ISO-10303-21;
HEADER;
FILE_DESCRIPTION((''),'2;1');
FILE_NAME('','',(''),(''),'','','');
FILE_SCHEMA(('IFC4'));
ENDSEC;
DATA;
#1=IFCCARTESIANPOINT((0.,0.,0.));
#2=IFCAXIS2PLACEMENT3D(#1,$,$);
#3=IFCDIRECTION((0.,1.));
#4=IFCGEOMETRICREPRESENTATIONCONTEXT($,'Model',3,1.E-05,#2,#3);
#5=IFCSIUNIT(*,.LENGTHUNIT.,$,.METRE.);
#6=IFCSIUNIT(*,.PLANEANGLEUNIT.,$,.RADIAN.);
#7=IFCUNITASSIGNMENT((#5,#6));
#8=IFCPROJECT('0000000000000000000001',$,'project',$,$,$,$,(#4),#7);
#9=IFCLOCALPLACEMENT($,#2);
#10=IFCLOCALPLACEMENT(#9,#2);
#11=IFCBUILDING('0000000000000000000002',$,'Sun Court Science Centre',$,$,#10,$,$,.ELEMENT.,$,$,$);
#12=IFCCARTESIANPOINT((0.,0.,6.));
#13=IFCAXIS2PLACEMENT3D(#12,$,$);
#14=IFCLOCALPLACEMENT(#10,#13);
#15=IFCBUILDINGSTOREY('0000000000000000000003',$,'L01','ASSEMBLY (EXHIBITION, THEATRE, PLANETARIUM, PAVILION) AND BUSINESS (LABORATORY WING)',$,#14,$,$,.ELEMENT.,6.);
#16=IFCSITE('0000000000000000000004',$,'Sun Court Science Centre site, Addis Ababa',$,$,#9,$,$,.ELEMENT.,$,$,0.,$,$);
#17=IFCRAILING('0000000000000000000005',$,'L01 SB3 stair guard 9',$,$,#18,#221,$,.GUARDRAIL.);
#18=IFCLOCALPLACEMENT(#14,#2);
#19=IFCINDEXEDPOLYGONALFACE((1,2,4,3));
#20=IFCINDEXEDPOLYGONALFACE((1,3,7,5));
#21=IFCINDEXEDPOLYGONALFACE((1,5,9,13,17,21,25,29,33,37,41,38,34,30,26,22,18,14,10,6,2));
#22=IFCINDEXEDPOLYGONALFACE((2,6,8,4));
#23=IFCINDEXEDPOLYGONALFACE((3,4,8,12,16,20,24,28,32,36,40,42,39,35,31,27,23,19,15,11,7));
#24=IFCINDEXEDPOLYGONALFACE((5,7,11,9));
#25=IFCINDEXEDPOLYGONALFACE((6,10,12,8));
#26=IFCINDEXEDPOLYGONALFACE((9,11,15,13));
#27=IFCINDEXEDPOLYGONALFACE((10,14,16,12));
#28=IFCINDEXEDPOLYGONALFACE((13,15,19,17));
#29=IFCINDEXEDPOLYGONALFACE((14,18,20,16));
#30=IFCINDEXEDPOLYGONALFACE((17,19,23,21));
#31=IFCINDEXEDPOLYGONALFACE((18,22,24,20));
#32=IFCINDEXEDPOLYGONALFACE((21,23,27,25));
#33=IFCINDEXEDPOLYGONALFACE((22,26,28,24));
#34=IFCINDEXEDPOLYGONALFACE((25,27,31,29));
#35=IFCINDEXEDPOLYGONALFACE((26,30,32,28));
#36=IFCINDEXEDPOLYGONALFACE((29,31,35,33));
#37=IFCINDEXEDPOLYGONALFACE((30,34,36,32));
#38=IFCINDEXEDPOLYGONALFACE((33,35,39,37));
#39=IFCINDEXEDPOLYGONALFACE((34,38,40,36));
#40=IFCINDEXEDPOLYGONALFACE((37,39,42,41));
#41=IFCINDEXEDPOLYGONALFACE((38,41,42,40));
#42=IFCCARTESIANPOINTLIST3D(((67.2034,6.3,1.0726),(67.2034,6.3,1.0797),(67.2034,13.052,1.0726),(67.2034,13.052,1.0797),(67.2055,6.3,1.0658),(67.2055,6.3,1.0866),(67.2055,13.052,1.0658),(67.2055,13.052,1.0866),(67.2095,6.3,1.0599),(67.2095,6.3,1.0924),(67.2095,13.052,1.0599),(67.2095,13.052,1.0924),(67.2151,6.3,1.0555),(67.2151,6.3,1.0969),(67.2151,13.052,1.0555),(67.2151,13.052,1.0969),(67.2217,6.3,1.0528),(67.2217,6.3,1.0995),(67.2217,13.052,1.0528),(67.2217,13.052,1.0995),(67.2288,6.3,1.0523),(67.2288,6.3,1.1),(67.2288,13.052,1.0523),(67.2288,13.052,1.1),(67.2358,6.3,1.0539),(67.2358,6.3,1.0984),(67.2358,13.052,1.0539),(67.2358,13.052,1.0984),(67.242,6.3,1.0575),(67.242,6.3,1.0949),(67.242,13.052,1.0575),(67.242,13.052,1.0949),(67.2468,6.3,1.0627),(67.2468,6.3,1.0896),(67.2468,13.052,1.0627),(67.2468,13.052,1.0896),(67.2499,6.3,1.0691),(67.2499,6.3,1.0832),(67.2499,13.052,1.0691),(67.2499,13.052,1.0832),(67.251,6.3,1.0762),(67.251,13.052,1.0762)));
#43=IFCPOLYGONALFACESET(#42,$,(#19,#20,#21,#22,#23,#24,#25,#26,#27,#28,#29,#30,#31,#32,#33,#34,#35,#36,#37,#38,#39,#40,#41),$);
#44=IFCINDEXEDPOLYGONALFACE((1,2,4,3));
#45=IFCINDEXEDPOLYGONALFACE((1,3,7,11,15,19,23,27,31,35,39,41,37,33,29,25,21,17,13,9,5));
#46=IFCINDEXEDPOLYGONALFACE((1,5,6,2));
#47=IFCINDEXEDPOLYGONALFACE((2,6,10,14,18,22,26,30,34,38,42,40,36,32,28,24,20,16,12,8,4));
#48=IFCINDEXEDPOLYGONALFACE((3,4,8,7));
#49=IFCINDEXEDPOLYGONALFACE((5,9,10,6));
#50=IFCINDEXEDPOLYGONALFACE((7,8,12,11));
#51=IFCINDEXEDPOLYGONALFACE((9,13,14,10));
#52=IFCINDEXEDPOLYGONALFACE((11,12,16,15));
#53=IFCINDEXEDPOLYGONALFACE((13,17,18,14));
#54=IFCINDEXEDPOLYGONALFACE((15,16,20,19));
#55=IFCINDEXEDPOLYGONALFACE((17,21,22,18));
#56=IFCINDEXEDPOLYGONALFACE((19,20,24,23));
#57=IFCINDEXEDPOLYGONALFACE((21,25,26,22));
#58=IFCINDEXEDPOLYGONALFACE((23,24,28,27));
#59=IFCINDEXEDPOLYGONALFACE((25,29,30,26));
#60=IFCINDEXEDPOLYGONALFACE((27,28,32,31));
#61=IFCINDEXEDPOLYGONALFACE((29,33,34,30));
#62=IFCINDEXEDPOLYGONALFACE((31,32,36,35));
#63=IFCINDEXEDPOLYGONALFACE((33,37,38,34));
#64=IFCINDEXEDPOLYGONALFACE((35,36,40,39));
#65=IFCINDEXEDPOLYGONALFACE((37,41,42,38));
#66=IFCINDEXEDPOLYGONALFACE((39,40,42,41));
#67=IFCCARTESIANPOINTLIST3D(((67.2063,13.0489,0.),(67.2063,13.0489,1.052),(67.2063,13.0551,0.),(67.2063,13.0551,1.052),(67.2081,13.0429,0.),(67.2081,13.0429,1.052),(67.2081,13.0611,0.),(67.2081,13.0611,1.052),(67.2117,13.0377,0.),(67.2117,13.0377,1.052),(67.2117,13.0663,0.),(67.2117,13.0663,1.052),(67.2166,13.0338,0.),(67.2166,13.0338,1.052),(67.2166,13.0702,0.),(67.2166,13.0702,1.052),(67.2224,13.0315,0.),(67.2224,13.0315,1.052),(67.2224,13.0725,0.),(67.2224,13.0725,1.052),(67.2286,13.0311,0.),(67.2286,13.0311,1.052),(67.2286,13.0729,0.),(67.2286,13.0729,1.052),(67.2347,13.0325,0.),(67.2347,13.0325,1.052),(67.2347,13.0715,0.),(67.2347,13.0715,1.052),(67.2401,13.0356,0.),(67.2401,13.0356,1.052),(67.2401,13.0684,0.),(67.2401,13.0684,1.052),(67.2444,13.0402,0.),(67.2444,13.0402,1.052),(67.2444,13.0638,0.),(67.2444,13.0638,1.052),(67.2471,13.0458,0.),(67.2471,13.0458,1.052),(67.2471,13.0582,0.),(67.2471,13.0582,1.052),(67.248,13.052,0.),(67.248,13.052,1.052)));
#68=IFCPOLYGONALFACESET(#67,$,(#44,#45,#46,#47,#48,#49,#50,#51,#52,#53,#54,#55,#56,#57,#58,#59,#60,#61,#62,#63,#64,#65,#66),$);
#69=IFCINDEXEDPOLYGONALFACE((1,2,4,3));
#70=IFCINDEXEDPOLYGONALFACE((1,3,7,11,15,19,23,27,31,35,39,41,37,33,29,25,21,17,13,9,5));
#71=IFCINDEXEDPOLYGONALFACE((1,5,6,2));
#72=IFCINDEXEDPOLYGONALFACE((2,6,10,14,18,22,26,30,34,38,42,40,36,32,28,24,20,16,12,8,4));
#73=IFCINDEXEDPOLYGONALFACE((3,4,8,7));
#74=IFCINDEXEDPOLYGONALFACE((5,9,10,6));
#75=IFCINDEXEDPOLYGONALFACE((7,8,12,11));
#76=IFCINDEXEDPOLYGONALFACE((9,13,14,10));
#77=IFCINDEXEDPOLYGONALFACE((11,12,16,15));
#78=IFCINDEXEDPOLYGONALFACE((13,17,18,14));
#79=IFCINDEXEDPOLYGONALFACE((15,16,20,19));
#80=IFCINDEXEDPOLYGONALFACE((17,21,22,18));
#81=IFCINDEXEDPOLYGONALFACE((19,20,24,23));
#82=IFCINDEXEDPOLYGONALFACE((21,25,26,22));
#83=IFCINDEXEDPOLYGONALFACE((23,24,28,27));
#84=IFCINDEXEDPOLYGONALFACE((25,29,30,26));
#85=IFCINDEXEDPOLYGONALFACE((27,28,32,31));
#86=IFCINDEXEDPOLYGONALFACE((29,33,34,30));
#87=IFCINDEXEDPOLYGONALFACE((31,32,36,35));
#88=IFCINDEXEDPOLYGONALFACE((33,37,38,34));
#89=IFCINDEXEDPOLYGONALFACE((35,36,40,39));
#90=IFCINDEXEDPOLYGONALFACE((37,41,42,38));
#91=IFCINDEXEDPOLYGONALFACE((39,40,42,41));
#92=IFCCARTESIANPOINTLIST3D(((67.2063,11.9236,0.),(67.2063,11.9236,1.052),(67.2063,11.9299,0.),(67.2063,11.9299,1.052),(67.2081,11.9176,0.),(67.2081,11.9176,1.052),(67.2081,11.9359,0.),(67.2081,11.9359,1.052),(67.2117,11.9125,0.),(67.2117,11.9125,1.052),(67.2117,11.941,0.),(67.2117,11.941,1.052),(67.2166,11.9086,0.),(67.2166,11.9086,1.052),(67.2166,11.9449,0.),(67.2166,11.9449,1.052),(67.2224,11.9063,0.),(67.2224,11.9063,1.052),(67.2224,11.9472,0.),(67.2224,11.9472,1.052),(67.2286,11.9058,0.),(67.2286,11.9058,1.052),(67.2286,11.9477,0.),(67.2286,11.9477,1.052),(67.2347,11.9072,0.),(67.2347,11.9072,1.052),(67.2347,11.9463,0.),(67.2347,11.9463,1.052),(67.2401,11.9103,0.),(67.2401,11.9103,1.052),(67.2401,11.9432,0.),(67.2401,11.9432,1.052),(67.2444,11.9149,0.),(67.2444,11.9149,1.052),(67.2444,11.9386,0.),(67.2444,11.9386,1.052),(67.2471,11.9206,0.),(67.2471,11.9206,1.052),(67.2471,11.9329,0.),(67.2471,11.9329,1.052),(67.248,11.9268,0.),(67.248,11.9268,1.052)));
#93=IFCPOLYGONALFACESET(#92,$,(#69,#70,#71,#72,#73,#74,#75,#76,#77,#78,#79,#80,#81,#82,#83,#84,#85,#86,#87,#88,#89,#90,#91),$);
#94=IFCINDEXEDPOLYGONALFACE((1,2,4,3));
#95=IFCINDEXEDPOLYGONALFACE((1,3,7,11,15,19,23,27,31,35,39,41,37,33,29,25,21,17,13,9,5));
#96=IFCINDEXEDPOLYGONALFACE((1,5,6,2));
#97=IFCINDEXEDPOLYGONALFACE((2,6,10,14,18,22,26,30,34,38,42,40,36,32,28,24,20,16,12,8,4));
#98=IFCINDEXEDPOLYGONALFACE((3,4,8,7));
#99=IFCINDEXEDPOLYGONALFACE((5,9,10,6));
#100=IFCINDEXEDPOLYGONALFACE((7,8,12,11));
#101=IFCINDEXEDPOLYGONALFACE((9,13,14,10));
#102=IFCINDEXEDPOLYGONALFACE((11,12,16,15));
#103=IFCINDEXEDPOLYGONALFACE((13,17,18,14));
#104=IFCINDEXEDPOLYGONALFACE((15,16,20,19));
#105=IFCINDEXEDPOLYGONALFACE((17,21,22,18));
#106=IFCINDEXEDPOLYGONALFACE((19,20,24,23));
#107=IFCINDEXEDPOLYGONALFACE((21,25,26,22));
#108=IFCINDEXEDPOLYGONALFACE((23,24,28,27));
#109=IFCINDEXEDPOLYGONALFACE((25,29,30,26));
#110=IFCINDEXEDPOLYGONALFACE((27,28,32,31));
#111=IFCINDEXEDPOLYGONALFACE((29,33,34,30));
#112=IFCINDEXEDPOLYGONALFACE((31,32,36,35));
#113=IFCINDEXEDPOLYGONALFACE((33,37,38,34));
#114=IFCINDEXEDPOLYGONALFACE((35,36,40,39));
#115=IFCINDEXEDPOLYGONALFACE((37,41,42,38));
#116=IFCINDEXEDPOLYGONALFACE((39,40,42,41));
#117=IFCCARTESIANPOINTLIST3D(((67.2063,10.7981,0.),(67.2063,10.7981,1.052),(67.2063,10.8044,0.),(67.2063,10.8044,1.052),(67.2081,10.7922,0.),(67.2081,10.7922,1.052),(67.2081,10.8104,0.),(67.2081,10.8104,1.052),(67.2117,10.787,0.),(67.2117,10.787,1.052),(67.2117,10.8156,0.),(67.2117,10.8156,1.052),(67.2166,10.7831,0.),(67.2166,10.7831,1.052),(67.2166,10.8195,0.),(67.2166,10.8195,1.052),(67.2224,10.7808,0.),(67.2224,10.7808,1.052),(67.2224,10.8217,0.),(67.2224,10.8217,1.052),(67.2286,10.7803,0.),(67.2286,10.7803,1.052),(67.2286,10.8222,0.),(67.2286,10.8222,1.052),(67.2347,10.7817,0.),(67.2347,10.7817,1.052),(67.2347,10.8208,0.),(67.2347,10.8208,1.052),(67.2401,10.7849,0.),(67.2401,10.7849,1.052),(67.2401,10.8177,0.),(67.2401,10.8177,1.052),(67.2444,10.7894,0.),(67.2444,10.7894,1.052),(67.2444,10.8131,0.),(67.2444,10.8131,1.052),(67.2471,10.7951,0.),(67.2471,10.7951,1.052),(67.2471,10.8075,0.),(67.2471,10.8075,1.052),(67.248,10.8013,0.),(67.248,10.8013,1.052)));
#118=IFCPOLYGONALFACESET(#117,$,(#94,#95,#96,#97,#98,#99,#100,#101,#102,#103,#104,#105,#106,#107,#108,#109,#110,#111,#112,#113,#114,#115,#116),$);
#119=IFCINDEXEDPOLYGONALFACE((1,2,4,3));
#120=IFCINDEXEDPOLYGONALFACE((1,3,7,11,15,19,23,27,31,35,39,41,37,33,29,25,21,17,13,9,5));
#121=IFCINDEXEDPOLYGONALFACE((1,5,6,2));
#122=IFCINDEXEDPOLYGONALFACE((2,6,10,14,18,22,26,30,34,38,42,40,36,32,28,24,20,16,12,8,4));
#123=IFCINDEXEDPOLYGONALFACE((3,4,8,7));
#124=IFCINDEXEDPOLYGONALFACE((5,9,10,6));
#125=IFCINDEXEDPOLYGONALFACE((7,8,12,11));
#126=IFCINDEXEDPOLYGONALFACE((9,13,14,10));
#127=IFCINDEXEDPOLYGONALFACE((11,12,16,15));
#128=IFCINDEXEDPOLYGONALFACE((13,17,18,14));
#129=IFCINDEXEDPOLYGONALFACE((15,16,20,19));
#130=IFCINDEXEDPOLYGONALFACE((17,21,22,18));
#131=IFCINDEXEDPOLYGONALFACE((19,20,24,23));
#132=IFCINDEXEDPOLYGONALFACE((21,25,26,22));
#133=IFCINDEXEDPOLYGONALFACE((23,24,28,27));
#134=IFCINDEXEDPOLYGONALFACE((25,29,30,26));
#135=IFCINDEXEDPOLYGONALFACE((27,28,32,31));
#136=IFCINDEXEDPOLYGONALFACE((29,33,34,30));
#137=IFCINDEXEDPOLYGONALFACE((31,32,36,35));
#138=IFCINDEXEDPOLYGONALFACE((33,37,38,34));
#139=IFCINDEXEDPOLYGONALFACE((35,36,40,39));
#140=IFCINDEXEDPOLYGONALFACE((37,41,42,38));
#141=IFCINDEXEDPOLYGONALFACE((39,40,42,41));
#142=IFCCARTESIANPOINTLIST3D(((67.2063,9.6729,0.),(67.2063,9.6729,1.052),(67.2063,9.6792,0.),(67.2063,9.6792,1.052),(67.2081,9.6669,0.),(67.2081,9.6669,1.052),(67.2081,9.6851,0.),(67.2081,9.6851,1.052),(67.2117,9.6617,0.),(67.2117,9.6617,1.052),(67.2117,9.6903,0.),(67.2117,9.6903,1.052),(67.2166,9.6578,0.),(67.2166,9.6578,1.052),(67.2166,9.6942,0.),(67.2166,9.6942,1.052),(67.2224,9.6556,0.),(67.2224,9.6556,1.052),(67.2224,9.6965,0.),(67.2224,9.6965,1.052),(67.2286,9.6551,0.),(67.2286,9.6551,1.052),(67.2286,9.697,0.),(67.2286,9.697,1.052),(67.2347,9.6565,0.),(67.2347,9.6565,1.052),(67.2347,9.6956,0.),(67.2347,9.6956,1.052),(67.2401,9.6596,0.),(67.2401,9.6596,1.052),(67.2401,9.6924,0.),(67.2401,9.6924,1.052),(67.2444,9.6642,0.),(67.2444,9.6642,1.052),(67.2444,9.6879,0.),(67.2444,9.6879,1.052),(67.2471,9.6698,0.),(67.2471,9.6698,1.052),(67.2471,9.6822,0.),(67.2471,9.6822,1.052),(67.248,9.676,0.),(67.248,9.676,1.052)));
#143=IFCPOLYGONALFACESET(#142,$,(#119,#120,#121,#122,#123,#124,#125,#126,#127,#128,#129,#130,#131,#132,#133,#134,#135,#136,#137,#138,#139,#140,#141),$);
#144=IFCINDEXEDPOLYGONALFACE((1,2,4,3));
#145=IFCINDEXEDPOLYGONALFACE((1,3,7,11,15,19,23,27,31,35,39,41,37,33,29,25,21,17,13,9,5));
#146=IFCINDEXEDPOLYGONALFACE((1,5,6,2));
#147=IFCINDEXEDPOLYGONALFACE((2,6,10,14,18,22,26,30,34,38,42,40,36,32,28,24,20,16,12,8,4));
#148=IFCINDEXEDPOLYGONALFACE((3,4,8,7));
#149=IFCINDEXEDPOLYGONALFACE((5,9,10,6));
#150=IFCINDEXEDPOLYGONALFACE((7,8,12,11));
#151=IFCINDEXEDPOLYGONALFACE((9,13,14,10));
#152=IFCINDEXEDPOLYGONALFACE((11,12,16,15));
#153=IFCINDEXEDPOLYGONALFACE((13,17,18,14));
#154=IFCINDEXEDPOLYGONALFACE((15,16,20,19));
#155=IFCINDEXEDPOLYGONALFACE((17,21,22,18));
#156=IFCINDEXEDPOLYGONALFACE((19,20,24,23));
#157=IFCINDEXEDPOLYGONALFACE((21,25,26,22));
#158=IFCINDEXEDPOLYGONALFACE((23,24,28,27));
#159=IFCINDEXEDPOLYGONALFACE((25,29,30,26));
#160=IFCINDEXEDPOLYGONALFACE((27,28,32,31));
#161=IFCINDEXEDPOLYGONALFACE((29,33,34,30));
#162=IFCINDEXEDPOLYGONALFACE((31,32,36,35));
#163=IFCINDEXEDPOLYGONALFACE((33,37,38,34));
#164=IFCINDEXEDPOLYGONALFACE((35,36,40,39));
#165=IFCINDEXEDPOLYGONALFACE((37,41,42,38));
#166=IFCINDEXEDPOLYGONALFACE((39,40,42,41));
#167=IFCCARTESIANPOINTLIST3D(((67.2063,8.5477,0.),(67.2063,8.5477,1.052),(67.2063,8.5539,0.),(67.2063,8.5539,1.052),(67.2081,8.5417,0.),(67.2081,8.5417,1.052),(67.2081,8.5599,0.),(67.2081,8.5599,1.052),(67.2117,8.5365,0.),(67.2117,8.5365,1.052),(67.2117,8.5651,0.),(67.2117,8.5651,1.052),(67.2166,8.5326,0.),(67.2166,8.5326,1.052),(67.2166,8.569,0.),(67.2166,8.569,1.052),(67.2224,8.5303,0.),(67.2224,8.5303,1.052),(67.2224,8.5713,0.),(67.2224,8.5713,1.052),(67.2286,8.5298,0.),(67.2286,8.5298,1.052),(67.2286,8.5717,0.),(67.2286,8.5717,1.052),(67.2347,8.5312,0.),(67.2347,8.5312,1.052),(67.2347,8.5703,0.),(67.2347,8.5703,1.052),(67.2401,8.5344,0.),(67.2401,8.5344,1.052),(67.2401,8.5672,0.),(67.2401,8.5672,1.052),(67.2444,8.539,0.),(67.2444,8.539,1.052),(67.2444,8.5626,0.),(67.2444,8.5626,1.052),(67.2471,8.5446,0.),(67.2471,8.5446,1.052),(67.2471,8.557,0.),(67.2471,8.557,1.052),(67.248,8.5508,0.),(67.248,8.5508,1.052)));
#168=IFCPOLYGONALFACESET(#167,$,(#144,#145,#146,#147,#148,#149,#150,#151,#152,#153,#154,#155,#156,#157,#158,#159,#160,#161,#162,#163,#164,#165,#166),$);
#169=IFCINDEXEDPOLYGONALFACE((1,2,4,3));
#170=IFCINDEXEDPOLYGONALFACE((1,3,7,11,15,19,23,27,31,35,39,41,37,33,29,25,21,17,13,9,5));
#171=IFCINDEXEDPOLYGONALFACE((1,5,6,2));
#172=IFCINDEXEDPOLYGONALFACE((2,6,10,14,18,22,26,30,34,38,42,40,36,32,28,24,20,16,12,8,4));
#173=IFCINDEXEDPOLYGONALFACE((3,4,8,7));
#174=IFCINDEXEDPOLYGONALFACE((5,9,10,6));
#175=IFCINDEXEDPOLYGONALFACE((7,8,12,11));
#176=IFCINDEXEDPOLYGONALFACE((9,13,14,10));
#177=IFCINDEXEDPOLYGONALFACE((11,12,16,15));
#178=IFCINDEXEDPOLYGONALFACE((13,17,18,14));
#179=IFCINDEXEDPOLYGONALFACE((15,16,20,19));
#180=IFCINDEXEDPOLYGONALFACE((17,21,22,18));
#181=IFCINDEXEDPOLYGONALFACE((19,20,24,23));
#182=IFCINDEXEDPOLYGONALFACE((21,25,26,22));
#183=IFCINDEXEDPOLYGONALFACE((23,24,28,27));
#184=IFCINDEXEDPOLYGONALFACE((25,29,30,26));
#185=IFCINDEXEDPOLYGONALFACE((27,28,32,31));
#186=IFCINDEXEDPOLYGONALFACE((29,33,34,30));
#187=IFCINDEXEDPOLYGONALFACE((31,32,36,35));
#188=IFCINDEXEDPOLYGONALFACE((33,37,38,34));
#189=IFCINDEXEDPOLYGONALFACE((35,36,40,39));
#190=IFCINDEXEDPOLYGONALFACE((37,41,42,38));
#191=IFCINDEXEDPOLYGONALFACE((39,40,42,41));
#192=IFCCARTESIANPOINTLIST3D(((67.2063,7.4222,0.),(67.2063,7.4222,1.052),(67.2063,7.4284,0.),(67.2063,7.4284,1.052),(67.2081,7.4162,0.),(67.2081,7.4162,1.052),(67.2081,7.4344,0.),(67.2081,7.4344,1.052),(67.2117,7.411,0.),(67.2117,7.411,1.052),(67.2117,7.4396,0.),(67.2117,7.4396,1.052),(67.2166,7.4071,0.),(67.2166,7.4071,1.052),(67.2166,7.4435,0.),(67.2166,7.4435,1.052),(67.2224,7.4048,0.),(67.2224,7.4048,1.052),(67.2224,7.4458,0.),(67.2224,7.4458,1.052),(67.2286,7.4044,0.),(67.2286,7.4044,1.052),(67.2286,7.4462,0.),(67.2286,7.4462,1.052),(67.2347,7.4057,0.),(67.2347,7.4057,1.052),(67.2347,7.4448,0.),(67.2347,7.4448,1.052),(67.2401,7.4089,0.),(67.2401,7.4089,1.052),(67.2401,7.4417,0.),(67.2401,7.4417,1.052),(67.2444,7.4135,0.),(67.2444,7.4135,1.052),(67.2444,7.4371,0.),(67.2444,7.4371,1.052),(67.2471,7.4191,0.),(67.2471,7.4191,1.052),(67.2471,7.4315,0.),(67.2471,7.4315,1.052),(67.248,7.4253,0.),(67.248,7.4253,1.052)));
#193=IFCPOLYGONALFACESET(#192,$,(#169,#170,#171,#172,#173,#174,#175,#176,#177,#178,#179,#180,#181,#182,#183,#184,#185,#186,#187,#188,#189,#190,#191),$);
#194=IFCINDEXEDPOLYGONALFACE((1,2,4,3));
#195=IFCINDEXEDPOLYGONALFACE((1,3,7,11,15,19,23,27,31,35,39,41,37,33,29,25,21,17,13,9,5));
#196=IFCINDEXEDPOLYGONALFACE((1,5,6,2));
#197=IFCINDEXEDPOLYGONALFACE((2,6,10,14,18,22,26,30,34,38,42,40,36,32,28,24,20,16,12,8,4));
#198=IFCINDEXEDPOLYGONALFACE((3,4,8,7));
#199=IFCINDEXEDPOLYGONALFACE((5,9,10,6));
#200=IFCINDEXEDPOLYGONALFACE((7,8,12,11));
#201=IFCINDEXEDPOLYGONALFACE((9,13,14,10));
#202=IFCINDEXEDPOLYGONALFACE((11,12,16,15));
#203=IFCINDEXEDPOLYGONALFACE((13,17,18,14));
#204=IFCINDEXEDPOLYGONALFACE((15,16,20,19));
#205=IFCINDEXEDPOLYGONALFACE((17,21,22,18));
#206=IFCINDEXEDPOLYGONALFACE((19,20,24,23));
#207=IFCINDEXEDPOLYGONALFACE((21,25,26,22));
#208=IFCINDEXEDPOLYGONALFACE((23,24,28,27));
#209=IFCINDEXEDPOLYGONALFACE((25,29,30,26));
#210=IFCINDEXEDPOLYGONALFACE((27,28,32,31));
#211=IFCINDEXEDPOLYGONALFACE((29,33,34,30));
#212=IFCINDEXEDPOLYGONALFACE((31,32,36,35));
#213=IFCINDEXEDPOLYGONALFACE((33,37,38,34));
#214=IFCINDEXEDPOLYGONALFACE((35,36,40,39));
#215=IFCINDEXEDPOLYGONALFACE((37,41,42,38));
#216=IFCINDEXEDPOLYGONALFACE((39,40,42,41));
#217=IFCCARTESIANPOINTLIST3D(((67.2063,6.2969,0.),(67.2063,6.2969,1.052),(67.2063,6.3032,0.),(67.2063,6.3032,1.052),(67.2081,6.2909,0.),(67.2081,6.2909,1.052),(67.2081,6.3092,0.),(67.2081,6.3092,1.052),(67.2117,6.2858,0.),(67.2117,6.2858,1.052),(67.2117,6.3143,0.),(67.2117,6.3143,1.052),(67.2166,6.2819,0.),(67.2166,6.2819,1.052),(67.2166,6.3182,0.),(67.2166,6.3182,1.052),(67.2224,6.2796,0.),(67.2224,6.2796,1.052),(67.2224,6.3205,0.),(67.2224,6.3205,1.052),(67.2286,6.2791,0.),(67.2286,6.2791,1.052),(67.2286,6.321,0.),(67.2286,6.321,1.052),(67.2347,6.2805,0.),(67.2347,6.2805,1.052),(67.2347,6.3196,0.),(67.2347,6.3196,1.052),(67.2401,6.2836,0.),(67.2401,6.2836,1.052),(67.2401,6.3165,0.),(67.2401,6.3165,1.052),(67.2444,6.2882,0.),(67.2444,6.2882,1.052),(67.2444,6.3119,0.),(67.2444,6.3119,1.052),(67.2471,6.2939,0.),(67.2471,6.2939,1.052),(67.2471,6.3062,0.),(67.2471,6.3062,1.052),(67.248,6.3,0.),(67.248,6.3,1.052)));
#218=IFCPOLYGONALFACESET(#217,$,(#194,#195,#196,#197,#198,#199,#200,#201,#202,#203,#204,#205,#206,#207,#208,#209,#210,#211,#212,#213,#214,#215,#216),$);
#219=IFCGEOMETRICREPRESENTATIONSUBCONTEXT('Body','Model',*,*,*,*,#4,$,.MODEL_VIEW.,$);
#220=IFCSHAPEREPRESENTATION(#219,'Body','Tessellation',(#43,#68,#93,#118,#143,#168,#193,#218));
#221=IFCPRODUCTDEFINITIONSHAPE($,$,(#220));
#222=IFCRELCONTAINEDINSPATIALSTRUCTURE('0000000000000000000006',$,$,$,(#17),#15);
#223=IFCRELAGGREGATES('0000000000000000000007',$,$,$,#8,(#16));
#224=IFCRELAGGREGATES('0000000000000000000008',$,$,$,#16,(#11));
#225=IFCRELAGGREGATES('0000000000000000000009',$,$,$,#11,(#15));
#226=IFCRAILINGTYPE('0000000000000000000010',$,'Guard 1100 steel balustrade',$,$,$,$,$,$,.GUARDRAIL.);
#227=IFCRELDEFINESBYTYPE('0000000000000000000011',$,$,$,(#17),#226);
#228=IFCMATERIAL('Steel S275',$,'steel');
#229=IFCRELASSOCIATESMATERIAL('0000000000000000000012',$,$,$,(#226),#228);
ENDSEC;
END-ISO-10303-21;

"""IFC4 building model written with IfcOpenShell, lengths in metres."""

from ifc_helpers import new_model, si_unit, direction, frame, origin, origin_2d, place, context, subcontext, project, spatial, circle, extrude, material, type_object, element, save


model = new_model("IFC4")

# Units and contexts
model_context = context("Model", 3, precision=1e-05, world=origin(), true_north=direction((0.0, 1.0)))
body_context = subcontext(model_context, "Body", "Model", "MODEL_VIEW")
ifc_project = project(units=[si_unit("LENGTHUNIT", "METRE"), si_unit("PLANEANGLEUNIT", "RADIAN")], contexts=[model_context])

# Site, building, storey
site_placement = place(None, origin())
site = spatial("IfcSite", under=ifc_project, at=site_placement, Name="Sun Court Science Centre site, Addis Ababa", CompositionType="ELEMENT", RefElevation=0.0)
building_placement = place(site_placement, origin())
building = spatial("IfcBuilding", under=site, at=building_placement, Name="Sun Court Science Centre", CompositionType="ELEMENT")
storey_placement = place(building_placement, frame((0.0, 0.0, 6.0)))
storey = spatial("IfcBuildingStorey", under=building, at=storey_placement, Name="L01", Description="ASSEMBLY (EXHIBITION, THEATRE, PLANETARIUM, PAVILION) AND BUSINESS (LABORATORY WING)", CompositionType="ELEMENT", Elevation=6.0)

# Railing
ifc_material_1 = material(Name="Steel S275", Category="steel")
railing_type_1 = type_object("IfcRailingType", Name="Guard 1100 steel balustrade", PredefinedType="GUARDRAIL", material=ifc_material_1)
railing_1_placement = place(storey_placement, frame((67.2271, 13.052, 0.0)))
element("IfcRailing", 1, at=railing_1_placement, inside=storey, type_object=railing_type_1, Name="L01 SB3 stair guard 9", PredefinedType="GUARDRAIL", context=body_context, shape_type="SweptSolid", body=[
    extrude(circle(Radius=0.0239, at=origin_2d()), frame((0.0, 0.0, 1.0762), z_axis=(0.0, -1.0, 0.0), x_axis=(1.0, 0.0, 0.0)), (0.0, 0.0, 1.0), 6.752),
    extrude(circle(Radius=0.021, at=origin_2d()), origin(), (0.0, 0.0, 1.0), 1.052),
    extrude(circle(Radius=0.021, at=origin_2d()), frame((0.0, -1.1252, 0.0)), (0.0, 0.0, 1.0), 1.052),
    extrude(circle(Radius=0.021, at=origin_2d()), frame((0.0, -2.2507, 0.0)), (0.0, 0.0, 1.0), 1.052),
    extrude(circle(Radius=0.021, at=origin_2d()), frame((0.0, -3.376, 0.0)), (0.0, 0.0, 1.0), 1.052),
    extrude(circle(Radius=0.021, at=origin_2d()), frame((0.0, -4.5012, 0.0)), (0.0, 0.0, 1.0), 1.052),
    extrude(circle(Radius=0.021, at=origin_2d()), frame((0.0, -5.6267, 0.0)), (0.0, 0.0, 1.0), 1.052),
    extrude(circle(Radius=0.021, at=origin_2d()), frame((0.0, -6.752, 0.0)), (0.0, 0.0, 1.0), 1.052),
])

save(model, "model.ifc")
